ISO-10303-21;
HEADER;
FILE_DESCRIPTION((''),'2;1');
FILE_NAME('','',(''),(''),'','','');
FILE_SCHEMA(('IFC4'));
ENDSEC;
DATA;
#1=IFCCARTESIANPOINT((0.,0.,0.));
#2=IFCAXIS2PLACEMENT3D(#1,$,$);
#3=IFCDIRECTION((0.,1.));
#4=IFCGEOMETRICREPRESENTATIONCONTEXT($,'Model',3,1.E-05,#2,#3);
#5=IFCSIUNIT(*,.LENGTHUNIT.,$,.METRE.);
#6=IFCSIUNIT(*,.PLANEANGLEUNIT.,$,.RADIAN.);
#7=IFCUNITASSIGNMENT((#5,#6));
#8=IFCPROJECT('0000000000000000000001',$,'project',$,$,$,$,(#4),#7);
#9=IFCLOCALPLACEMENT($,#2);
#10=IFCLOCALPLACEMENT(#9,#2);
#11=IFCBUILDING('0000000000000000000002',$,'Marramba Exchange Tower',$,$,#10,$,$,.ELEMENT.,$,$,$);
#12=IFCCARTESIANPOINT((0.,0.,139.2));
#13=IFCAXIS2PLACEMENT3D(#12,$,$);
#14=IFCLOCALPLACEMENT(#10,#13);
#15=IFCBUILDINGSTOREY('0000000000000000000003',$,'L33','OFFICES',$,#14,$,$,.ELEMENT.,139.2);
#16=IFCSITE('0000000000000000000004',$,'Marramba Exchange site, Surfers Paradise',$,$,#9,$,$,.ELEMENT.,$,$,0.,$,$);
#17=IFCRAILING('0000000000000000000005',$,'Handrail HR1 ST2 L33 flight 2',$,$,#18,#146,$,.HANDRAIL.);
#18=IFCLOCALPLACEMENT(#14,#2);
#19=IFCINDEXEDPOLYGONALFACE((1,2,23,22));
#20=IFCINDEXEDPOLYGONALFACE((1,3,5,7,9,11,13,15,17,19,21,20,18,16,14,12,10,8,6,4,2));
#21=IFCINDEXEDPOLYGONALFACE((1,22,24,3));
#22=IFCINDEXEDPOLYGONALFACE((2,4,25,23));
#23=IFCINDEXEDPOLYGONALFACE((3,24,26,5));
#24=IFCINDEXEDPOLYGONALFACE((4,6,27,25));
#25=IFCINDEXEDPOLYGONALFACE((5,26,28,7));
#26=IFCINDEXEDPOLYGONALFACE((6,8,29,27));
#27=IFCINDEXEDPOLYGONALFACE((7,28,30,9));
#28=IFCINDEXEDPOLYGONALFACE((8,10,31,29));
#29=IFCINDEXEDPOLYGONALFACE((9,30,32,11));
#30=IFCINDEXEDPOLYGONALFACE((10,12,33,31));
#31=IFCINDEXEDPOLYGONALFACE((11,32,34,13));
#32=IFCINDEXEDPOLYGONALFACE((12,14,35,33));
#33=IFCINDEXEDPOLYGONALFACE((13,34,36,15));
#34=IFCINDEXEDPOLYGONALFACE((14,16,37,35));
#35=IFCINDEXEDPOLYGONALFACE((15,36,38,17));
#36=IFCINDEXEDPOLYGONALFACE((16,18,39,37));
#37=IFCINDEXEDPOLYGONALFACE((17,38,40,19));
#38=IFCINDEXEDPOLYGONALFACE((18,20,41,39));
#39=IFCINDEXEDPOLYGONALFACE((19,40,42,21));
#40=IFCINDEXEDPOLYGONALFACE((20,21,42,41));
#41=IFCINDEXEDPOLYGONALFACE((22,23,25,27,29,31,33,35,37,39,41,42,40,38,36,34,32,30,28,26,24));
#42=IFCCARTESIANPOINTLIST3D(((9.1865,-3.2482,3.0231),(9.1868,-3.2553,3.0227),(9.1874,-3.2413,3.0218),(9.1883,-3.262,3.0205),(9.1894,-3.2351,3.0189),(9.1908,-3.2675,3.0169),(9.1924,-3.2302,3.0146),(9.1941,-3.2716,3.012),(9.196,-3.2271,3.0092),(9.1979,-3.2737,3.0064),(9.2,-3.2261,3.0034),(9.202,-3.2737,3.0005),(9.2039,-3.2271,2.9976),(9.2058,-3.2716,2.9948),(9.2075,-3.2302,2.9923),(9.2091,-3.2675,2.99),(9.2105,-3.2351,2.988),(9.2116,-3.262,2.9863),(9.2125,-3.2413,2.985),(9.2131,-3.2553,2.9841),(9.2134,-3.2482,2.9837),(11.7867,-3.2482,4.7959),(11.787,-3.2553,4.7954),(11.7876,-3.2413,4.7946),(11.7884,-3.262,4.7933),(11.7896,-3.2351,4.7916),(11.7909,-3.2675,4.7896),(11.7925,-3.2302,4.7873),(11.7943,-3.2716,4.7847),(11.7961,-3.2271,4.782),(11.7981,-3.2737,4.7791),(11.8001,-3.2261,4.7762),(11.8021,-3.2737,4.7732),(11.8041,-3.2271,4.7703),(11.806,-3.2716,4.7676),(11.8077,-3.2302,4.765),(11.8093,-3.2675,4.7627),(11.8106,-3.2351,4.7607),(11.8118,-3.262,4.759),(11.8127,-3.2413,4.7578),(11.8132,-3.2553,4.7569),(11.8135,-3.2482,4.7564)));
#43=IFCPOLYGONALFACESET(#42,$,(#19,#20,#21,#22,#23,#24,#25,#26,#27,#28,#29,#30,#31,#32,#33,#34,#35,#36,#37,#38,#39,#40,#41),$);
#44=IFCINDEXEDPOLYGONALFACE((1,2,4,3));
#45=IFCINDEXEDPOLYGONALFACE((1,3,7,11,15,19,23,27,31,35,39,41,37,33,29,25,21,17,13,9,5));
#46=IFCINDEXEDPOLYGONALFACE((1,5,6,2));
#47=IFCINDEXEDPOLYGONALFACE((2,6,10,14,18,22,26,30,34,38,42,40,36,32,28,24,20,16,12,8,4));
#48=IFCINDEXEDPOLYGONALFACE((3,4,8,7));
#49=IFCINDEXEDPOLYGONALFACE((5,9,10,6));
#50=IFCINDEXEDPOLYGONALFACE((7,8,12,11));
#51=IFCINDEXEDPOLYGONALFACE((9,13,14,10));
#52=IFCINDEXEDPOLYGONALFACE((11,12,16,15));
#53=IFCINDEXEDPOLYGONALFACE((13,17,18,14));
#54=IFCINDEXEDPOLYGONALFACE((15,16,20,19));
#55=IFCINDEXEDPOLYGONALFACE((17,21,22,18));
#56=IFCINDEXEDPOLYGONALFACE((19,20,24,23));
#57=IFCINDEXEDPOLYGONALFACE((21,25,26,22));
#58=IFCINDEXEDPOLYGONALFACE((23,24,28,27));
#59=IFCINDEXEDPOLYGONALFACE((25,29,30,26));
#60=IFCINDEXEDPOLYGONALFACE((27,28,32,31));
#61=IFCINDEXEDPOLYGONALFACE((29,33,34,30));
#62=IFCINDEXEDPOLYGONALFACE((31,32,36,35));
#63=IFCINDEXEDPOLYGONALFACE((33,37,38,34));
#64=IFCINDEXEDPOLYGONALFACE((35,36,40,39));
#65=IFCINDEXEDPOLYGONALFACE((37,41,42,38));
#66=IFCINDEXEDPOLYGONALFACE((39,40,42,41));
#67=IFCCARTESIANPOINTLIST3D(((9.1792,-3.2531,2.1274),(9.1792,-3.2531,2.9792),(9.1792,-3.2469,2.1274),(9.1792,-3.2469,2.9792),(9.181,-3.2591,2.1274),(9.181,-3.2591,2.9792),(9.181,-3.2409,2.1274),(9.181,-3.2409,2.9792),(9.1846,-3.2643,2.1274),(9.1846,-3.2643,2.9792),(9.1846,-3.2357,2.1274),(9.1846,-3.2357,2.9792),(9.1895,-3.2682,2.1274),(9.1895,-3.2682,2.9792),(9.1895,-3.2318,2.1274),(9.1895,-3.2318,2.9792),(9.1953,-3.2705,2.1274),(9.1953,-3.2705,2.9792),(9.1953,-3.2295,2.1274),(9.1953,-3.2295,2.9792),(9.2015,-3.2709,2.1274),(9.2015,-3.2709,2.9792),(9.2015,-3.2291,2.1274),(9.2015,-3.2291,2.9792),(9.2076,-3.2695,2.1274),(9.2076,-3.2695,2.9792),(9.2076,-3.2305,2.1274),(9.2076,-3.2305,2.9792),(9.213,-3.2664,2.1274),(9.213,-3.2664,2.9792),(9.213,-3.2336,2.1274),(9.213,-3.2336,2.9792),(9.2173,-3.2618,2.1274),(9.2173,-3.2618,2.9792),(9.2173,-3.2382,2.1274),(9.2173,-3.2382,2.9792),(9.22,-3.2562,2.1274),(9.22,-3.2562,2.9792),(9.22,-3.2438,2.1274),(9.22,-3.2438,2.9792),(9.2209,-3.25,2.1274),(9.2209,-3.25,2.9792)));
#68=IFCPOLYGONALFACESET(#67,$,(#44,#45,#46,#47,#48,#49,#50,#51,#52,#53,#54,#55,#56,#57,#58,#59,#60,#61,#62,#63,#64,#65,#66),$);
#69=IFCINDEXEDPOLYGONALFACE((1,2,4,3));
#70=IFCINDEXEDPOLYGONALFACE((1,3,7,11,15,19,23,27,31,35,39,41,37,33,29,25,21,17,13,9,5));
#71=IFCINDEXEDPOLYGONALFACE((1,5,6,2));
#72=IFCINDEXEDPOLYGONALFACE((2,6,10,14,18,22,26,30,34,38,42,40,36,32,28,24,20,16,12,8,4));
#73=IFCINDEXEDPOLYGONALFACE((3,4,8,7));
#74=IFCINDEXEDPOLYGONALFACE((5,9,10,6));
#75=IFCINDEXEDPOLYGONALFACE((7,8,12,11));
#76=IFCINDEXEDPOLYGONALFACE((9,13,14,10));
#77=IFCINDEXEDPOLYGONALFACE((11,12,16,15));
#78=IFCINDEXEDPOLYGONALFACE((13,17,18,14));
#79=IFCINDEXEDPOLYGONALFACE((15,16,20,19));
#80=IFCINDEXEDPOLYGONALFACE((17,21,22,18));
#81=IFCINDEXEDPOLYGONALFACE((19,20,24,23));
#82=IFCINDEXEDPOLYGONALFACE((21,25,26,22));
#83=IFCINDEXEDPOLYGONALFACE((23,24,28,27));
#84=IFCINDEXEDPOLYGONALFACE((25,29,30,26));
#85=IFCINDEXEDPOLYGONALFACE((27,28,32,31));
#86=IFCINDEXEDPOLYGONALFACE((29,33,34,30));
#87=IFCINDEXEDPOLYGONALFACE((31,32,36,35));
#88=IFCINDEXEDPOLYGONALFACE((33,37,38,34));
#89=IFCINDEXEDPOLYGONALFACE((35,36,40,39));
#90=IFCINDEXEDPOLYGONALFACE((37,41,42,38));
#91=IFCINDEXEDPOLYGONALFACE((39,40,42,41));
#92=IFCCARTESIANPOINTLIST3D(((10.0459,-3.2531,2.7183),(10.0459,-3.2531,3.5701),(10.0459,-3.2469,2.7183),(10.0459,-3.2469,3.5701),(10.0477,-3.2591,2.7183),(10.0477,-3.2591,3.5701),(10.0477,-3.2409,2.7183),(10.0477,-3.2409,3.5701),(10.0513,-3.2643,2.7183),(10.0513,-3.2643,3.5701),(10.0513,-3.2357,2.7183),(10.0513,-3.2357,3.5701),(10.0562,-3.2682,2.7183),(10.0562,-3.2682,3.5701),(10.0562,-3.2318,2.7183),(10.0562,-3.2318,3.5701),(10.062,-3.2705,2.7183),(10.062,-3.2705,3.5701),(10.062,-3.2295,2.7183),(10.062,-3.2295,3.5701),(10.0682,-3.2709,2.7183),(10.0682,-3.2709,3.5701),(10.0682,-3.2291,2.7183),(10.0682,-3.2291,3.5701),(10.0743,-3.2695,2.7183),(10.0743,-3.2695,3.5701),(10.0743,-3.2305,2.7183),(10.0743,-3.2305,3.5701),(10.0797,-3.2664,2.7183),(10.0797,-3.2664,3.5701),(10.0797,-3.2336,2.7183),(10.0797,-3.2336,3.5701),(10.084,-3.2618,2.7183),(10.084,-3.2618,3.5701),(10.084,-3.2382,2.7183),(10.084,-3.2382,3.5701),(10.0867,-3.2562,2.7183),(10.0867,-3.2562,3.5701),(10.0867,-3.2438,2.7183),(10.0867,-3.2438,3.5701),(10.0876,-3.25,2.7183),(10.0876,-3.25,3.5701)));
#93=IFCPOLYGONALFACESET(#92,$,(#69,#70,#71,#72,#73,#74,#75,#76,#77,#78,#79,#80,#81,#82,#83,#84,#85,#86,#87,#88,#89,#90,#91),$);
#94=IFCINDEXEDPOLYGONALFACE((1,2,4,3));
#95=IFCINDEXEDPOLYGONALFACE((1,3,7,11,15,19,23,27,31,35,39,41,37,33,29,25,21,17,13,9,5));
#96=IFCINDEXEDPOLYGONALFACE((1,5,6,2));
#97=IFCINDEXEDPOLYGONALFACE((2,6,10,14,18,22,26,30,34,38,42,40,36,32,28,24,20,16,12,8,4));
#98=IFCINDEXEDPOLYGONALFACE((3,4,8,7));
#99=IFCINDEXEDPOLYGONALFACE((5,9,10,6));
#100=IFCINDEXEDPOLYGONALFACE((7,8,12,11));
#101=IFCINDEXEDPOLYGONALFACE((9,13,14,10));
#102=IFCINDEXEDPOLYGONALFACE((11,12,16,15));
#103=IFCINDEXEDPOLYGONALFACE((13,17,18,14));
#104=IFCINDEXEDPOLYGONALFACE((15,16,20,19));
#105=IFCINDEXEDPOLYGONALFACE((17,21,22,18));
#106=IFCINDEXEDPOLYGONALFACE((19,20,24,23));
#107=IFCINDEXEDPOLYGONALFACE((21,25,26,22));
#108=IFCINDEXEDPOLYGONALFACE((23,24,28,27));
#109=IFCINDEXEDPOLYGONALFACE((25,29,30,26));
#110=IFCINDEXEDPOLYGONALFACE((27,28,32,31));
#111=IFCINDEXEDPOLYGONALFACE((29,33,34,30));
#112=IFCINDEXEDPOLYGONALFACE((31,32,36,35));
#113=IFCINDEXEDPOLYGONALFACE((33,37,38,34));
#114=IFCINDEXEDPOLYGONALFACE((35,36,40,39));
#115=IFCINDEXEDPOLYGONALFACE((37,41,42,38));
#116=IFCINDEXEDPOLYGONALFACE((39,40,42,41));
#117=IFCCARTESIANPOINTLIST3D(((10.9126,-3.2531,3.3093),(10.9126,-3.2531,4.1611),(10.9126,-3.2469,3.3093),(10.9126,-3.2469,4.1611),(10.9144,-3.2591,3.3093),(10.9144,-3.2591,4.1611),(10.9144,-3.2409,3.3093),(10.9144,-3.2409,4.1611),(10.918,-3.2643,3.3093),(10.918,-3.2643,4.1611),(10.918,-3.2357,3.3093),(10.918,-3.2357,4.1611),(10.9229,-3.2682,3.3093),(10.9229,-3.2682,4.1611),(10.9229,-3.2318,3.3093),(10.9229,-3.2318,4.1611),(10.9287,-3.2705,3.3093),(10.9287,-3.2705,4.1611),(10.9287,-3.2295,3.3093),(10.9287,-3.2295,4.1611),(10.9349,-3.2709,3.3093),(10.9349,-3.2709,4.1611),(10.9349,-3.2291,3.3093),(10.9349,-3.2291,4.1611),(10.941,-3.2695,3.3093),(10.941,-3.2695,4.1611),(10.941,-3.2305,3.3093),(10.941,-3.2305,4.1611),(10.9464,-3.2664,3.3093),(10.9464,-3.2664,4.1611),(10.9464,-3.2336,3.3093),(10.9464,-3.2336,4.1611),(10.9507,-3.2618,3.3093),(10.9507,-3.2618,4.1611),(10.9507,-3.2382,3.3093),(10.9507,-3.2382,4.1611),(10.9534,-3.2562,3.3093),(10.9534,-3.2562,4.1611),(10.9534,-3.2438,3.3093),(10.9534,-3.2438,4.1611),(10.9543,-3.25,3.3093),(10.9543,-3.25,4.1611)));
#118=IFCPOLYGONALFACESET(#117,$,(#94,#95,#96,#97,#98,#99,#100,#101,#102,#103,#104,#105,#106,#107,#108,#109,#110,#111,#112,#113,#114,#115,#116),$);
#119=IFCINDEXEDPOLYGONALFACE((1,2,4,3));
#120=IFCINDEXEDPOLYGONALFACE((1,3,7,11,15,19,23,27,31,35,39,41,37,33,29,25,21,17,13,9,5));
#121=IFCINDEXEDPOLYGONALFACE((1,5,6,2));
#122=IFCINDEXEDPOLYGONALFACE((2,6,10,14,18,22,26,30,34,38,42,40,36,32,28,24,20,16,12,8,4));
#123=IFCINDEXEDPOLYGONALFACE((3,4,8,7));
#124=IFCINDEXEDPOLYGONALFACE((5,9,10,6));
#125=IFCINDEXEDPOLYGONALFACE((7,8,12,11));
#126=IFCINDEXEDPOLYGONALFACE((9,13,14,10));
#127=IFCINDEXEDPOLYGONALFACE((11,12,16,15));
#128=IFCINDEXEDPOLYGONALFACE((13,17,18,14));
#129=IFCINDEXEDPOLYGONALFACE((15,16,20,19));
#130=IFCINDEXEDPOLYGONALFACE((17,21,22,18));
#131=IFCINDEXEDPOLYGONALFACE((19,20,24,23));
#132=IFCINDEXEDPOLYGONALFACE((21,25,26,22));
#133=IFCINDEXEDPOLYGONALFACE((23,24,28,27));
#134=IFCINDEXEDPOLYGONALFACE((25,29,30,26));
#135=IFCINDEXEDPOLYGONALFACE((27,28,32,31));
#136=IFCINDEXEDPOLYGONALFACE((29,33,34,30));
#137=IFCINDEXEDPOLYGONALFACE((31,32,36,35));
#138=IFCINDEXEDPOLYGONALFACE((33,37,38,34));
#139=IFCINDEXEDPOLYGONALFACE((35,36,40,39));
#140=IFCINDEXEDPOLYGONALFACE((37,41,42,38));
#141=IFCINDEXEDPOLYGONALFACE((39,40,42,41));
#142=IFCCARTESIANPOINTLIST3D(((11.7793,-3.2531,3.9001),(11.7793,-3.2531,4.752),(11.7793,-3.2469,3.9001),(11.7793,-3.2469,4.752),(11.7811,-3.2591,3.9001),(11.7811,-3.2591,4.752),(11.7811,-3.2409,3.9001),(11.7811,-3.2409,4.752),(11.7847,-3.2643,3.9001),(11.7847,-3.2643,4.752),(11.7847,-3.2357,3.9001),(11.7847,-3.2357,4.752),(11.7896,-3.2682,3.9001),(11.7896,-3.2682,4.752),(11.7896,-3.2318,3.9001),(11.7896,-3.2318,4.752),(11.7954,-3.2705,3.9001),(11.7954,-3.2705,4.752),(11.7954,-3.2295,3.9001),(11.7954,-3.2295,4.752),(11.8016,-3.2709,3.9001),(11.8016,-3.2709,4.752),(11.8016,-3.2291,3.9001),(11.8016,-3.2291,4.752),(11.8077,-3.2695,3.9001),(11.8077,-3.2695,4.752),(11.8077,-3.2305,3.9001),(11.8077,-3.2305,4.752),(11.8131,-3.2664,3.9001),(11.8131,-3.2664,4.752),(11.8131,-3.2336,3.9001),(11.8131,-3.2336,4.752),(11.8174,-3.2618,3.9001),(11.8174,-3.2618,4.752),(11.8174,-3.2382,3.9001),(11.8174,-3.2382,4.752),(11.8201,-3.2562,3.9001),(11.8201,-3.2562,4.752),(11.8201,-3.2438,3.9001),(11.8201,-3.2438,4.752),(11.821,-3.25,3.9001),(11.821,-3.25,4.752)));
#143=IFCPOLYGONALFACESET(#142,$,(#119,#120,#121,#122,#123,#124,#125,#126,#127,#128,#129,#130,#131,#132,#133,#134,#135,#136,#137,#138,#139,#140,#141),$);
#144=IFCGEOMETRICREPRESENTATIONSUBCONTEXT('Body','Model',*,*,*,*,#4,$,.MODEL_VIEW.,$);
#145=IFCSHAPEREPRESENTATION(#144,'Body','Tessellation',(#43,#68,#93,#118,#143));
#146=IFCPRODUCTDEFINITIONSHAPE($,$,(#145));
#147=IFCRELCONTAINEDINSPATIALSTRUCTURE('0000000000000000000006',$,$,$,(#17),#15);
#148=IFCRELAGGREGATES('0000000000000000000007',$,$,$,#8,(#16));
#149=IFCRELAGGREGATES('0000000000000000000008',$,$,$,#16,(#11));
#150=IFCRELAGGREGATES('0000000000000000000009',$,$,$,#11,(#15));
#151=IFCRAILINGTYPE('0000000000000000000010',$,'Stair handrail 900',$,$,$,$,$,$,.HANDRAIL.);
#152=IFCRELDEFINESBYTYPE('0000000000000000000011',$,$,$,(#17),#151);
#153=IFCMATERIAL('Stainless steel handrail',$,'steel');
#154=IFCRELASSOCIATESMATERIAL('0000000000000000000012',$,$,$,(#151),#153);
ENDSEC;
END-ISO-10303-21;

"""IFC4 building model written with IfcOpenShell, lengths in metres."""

from ifc_helpers import new_model, si_unit, direction, frame, origin, origin_2d, place, context, subcontext, project, spatial, circle, extrude, material, type_object, element, save


model = new_model("IFC4")

# Units and contexts
model_context = context("Model", 3, precision=1e-05, world=origin(), true_north=direction((0.0, 1.0)))
body_context = subcontext(model_context, "Body", "Model", "MODEL_VIEW")
ifc_project = project(units=[si_unit("LENGTHUNIT", "METRE"), si_unit("PLANEANGLEUNIT", "RADIAN")], contexts=[model_context])

# Site, building, storey
site_placement = place(None, origin())
site = spatial("IfcSite", under=ifc_project, at=site_placement, Name="Marramba Exchange site, Surfers Paradise", CompositionType="ELEMENT", RefElevation=0.0)
building_placement = place(site_placement, origin())
building = spatial("IfcBuilding", under=site, at=building_placement, Name="Marramba Exchange Tower", CompositionType="ELEMENT")
storey_placement = place(building_placement, frame((0.0, 0.0, 139.2)))
storey = spatial("IfcBuildingStorey", under=building, at=storey_placement, Name="L33", Description="OFFICES", CompositionType="ELEMENT", Elevation=139.2)

# Railing
ifc_material_1 = material(Name="Stainless steel handrail", Category="steel")
railing_type = type_object("IfcRailingType", Name="Stair handrail 900", PredefinedType="HANDRAIL", material=ifc_material_1)
railing_placement = place(storey_placement, frame((9.2, -3.25, 2.1274)))
element("IfcRailing", 1, at=railing_placement, inside=storey, type_object=railing_type, Name="Handrail HR1 ST2 L33 flight 2", PredefinedType="HANDRAIL", context=body_context, shape_type="SweptSolid", body=[
    extrude(circle(Radius=0.0239, at=origin_2d()), frame((0.0, 0.0, 0.876), z_axis=(0.82624, 0.0, 0.563318), x_axis=(0.0, 1.0, 0.0)), (0.0, 0.0, 1.0), 3.147),
    extrude(circle(Radius=0.021, at=origin_2d()), origin(), (0.0, 0.0, 1.0), 0.8518),
    extrude(circle(Radius=0.021, at=origin_2d()), frame((0.8667, 0.0, 0.5908)), (0.0, 0.0, 1.0), 0.8518),
    extrude(circle(Radius=0.021, at=origin_2d()), frame((1.7334, 0.0, 1.1819)), (0.0, 0.0, 1.0), 0.8518),
    extrude(circle(Radius=0.021, at=origin_2d()), frame((2.6001, 0.0, 1.7727)), (0.0, 0.0, 1.0), 0.8518),
])

save(model, "model.ifc")
